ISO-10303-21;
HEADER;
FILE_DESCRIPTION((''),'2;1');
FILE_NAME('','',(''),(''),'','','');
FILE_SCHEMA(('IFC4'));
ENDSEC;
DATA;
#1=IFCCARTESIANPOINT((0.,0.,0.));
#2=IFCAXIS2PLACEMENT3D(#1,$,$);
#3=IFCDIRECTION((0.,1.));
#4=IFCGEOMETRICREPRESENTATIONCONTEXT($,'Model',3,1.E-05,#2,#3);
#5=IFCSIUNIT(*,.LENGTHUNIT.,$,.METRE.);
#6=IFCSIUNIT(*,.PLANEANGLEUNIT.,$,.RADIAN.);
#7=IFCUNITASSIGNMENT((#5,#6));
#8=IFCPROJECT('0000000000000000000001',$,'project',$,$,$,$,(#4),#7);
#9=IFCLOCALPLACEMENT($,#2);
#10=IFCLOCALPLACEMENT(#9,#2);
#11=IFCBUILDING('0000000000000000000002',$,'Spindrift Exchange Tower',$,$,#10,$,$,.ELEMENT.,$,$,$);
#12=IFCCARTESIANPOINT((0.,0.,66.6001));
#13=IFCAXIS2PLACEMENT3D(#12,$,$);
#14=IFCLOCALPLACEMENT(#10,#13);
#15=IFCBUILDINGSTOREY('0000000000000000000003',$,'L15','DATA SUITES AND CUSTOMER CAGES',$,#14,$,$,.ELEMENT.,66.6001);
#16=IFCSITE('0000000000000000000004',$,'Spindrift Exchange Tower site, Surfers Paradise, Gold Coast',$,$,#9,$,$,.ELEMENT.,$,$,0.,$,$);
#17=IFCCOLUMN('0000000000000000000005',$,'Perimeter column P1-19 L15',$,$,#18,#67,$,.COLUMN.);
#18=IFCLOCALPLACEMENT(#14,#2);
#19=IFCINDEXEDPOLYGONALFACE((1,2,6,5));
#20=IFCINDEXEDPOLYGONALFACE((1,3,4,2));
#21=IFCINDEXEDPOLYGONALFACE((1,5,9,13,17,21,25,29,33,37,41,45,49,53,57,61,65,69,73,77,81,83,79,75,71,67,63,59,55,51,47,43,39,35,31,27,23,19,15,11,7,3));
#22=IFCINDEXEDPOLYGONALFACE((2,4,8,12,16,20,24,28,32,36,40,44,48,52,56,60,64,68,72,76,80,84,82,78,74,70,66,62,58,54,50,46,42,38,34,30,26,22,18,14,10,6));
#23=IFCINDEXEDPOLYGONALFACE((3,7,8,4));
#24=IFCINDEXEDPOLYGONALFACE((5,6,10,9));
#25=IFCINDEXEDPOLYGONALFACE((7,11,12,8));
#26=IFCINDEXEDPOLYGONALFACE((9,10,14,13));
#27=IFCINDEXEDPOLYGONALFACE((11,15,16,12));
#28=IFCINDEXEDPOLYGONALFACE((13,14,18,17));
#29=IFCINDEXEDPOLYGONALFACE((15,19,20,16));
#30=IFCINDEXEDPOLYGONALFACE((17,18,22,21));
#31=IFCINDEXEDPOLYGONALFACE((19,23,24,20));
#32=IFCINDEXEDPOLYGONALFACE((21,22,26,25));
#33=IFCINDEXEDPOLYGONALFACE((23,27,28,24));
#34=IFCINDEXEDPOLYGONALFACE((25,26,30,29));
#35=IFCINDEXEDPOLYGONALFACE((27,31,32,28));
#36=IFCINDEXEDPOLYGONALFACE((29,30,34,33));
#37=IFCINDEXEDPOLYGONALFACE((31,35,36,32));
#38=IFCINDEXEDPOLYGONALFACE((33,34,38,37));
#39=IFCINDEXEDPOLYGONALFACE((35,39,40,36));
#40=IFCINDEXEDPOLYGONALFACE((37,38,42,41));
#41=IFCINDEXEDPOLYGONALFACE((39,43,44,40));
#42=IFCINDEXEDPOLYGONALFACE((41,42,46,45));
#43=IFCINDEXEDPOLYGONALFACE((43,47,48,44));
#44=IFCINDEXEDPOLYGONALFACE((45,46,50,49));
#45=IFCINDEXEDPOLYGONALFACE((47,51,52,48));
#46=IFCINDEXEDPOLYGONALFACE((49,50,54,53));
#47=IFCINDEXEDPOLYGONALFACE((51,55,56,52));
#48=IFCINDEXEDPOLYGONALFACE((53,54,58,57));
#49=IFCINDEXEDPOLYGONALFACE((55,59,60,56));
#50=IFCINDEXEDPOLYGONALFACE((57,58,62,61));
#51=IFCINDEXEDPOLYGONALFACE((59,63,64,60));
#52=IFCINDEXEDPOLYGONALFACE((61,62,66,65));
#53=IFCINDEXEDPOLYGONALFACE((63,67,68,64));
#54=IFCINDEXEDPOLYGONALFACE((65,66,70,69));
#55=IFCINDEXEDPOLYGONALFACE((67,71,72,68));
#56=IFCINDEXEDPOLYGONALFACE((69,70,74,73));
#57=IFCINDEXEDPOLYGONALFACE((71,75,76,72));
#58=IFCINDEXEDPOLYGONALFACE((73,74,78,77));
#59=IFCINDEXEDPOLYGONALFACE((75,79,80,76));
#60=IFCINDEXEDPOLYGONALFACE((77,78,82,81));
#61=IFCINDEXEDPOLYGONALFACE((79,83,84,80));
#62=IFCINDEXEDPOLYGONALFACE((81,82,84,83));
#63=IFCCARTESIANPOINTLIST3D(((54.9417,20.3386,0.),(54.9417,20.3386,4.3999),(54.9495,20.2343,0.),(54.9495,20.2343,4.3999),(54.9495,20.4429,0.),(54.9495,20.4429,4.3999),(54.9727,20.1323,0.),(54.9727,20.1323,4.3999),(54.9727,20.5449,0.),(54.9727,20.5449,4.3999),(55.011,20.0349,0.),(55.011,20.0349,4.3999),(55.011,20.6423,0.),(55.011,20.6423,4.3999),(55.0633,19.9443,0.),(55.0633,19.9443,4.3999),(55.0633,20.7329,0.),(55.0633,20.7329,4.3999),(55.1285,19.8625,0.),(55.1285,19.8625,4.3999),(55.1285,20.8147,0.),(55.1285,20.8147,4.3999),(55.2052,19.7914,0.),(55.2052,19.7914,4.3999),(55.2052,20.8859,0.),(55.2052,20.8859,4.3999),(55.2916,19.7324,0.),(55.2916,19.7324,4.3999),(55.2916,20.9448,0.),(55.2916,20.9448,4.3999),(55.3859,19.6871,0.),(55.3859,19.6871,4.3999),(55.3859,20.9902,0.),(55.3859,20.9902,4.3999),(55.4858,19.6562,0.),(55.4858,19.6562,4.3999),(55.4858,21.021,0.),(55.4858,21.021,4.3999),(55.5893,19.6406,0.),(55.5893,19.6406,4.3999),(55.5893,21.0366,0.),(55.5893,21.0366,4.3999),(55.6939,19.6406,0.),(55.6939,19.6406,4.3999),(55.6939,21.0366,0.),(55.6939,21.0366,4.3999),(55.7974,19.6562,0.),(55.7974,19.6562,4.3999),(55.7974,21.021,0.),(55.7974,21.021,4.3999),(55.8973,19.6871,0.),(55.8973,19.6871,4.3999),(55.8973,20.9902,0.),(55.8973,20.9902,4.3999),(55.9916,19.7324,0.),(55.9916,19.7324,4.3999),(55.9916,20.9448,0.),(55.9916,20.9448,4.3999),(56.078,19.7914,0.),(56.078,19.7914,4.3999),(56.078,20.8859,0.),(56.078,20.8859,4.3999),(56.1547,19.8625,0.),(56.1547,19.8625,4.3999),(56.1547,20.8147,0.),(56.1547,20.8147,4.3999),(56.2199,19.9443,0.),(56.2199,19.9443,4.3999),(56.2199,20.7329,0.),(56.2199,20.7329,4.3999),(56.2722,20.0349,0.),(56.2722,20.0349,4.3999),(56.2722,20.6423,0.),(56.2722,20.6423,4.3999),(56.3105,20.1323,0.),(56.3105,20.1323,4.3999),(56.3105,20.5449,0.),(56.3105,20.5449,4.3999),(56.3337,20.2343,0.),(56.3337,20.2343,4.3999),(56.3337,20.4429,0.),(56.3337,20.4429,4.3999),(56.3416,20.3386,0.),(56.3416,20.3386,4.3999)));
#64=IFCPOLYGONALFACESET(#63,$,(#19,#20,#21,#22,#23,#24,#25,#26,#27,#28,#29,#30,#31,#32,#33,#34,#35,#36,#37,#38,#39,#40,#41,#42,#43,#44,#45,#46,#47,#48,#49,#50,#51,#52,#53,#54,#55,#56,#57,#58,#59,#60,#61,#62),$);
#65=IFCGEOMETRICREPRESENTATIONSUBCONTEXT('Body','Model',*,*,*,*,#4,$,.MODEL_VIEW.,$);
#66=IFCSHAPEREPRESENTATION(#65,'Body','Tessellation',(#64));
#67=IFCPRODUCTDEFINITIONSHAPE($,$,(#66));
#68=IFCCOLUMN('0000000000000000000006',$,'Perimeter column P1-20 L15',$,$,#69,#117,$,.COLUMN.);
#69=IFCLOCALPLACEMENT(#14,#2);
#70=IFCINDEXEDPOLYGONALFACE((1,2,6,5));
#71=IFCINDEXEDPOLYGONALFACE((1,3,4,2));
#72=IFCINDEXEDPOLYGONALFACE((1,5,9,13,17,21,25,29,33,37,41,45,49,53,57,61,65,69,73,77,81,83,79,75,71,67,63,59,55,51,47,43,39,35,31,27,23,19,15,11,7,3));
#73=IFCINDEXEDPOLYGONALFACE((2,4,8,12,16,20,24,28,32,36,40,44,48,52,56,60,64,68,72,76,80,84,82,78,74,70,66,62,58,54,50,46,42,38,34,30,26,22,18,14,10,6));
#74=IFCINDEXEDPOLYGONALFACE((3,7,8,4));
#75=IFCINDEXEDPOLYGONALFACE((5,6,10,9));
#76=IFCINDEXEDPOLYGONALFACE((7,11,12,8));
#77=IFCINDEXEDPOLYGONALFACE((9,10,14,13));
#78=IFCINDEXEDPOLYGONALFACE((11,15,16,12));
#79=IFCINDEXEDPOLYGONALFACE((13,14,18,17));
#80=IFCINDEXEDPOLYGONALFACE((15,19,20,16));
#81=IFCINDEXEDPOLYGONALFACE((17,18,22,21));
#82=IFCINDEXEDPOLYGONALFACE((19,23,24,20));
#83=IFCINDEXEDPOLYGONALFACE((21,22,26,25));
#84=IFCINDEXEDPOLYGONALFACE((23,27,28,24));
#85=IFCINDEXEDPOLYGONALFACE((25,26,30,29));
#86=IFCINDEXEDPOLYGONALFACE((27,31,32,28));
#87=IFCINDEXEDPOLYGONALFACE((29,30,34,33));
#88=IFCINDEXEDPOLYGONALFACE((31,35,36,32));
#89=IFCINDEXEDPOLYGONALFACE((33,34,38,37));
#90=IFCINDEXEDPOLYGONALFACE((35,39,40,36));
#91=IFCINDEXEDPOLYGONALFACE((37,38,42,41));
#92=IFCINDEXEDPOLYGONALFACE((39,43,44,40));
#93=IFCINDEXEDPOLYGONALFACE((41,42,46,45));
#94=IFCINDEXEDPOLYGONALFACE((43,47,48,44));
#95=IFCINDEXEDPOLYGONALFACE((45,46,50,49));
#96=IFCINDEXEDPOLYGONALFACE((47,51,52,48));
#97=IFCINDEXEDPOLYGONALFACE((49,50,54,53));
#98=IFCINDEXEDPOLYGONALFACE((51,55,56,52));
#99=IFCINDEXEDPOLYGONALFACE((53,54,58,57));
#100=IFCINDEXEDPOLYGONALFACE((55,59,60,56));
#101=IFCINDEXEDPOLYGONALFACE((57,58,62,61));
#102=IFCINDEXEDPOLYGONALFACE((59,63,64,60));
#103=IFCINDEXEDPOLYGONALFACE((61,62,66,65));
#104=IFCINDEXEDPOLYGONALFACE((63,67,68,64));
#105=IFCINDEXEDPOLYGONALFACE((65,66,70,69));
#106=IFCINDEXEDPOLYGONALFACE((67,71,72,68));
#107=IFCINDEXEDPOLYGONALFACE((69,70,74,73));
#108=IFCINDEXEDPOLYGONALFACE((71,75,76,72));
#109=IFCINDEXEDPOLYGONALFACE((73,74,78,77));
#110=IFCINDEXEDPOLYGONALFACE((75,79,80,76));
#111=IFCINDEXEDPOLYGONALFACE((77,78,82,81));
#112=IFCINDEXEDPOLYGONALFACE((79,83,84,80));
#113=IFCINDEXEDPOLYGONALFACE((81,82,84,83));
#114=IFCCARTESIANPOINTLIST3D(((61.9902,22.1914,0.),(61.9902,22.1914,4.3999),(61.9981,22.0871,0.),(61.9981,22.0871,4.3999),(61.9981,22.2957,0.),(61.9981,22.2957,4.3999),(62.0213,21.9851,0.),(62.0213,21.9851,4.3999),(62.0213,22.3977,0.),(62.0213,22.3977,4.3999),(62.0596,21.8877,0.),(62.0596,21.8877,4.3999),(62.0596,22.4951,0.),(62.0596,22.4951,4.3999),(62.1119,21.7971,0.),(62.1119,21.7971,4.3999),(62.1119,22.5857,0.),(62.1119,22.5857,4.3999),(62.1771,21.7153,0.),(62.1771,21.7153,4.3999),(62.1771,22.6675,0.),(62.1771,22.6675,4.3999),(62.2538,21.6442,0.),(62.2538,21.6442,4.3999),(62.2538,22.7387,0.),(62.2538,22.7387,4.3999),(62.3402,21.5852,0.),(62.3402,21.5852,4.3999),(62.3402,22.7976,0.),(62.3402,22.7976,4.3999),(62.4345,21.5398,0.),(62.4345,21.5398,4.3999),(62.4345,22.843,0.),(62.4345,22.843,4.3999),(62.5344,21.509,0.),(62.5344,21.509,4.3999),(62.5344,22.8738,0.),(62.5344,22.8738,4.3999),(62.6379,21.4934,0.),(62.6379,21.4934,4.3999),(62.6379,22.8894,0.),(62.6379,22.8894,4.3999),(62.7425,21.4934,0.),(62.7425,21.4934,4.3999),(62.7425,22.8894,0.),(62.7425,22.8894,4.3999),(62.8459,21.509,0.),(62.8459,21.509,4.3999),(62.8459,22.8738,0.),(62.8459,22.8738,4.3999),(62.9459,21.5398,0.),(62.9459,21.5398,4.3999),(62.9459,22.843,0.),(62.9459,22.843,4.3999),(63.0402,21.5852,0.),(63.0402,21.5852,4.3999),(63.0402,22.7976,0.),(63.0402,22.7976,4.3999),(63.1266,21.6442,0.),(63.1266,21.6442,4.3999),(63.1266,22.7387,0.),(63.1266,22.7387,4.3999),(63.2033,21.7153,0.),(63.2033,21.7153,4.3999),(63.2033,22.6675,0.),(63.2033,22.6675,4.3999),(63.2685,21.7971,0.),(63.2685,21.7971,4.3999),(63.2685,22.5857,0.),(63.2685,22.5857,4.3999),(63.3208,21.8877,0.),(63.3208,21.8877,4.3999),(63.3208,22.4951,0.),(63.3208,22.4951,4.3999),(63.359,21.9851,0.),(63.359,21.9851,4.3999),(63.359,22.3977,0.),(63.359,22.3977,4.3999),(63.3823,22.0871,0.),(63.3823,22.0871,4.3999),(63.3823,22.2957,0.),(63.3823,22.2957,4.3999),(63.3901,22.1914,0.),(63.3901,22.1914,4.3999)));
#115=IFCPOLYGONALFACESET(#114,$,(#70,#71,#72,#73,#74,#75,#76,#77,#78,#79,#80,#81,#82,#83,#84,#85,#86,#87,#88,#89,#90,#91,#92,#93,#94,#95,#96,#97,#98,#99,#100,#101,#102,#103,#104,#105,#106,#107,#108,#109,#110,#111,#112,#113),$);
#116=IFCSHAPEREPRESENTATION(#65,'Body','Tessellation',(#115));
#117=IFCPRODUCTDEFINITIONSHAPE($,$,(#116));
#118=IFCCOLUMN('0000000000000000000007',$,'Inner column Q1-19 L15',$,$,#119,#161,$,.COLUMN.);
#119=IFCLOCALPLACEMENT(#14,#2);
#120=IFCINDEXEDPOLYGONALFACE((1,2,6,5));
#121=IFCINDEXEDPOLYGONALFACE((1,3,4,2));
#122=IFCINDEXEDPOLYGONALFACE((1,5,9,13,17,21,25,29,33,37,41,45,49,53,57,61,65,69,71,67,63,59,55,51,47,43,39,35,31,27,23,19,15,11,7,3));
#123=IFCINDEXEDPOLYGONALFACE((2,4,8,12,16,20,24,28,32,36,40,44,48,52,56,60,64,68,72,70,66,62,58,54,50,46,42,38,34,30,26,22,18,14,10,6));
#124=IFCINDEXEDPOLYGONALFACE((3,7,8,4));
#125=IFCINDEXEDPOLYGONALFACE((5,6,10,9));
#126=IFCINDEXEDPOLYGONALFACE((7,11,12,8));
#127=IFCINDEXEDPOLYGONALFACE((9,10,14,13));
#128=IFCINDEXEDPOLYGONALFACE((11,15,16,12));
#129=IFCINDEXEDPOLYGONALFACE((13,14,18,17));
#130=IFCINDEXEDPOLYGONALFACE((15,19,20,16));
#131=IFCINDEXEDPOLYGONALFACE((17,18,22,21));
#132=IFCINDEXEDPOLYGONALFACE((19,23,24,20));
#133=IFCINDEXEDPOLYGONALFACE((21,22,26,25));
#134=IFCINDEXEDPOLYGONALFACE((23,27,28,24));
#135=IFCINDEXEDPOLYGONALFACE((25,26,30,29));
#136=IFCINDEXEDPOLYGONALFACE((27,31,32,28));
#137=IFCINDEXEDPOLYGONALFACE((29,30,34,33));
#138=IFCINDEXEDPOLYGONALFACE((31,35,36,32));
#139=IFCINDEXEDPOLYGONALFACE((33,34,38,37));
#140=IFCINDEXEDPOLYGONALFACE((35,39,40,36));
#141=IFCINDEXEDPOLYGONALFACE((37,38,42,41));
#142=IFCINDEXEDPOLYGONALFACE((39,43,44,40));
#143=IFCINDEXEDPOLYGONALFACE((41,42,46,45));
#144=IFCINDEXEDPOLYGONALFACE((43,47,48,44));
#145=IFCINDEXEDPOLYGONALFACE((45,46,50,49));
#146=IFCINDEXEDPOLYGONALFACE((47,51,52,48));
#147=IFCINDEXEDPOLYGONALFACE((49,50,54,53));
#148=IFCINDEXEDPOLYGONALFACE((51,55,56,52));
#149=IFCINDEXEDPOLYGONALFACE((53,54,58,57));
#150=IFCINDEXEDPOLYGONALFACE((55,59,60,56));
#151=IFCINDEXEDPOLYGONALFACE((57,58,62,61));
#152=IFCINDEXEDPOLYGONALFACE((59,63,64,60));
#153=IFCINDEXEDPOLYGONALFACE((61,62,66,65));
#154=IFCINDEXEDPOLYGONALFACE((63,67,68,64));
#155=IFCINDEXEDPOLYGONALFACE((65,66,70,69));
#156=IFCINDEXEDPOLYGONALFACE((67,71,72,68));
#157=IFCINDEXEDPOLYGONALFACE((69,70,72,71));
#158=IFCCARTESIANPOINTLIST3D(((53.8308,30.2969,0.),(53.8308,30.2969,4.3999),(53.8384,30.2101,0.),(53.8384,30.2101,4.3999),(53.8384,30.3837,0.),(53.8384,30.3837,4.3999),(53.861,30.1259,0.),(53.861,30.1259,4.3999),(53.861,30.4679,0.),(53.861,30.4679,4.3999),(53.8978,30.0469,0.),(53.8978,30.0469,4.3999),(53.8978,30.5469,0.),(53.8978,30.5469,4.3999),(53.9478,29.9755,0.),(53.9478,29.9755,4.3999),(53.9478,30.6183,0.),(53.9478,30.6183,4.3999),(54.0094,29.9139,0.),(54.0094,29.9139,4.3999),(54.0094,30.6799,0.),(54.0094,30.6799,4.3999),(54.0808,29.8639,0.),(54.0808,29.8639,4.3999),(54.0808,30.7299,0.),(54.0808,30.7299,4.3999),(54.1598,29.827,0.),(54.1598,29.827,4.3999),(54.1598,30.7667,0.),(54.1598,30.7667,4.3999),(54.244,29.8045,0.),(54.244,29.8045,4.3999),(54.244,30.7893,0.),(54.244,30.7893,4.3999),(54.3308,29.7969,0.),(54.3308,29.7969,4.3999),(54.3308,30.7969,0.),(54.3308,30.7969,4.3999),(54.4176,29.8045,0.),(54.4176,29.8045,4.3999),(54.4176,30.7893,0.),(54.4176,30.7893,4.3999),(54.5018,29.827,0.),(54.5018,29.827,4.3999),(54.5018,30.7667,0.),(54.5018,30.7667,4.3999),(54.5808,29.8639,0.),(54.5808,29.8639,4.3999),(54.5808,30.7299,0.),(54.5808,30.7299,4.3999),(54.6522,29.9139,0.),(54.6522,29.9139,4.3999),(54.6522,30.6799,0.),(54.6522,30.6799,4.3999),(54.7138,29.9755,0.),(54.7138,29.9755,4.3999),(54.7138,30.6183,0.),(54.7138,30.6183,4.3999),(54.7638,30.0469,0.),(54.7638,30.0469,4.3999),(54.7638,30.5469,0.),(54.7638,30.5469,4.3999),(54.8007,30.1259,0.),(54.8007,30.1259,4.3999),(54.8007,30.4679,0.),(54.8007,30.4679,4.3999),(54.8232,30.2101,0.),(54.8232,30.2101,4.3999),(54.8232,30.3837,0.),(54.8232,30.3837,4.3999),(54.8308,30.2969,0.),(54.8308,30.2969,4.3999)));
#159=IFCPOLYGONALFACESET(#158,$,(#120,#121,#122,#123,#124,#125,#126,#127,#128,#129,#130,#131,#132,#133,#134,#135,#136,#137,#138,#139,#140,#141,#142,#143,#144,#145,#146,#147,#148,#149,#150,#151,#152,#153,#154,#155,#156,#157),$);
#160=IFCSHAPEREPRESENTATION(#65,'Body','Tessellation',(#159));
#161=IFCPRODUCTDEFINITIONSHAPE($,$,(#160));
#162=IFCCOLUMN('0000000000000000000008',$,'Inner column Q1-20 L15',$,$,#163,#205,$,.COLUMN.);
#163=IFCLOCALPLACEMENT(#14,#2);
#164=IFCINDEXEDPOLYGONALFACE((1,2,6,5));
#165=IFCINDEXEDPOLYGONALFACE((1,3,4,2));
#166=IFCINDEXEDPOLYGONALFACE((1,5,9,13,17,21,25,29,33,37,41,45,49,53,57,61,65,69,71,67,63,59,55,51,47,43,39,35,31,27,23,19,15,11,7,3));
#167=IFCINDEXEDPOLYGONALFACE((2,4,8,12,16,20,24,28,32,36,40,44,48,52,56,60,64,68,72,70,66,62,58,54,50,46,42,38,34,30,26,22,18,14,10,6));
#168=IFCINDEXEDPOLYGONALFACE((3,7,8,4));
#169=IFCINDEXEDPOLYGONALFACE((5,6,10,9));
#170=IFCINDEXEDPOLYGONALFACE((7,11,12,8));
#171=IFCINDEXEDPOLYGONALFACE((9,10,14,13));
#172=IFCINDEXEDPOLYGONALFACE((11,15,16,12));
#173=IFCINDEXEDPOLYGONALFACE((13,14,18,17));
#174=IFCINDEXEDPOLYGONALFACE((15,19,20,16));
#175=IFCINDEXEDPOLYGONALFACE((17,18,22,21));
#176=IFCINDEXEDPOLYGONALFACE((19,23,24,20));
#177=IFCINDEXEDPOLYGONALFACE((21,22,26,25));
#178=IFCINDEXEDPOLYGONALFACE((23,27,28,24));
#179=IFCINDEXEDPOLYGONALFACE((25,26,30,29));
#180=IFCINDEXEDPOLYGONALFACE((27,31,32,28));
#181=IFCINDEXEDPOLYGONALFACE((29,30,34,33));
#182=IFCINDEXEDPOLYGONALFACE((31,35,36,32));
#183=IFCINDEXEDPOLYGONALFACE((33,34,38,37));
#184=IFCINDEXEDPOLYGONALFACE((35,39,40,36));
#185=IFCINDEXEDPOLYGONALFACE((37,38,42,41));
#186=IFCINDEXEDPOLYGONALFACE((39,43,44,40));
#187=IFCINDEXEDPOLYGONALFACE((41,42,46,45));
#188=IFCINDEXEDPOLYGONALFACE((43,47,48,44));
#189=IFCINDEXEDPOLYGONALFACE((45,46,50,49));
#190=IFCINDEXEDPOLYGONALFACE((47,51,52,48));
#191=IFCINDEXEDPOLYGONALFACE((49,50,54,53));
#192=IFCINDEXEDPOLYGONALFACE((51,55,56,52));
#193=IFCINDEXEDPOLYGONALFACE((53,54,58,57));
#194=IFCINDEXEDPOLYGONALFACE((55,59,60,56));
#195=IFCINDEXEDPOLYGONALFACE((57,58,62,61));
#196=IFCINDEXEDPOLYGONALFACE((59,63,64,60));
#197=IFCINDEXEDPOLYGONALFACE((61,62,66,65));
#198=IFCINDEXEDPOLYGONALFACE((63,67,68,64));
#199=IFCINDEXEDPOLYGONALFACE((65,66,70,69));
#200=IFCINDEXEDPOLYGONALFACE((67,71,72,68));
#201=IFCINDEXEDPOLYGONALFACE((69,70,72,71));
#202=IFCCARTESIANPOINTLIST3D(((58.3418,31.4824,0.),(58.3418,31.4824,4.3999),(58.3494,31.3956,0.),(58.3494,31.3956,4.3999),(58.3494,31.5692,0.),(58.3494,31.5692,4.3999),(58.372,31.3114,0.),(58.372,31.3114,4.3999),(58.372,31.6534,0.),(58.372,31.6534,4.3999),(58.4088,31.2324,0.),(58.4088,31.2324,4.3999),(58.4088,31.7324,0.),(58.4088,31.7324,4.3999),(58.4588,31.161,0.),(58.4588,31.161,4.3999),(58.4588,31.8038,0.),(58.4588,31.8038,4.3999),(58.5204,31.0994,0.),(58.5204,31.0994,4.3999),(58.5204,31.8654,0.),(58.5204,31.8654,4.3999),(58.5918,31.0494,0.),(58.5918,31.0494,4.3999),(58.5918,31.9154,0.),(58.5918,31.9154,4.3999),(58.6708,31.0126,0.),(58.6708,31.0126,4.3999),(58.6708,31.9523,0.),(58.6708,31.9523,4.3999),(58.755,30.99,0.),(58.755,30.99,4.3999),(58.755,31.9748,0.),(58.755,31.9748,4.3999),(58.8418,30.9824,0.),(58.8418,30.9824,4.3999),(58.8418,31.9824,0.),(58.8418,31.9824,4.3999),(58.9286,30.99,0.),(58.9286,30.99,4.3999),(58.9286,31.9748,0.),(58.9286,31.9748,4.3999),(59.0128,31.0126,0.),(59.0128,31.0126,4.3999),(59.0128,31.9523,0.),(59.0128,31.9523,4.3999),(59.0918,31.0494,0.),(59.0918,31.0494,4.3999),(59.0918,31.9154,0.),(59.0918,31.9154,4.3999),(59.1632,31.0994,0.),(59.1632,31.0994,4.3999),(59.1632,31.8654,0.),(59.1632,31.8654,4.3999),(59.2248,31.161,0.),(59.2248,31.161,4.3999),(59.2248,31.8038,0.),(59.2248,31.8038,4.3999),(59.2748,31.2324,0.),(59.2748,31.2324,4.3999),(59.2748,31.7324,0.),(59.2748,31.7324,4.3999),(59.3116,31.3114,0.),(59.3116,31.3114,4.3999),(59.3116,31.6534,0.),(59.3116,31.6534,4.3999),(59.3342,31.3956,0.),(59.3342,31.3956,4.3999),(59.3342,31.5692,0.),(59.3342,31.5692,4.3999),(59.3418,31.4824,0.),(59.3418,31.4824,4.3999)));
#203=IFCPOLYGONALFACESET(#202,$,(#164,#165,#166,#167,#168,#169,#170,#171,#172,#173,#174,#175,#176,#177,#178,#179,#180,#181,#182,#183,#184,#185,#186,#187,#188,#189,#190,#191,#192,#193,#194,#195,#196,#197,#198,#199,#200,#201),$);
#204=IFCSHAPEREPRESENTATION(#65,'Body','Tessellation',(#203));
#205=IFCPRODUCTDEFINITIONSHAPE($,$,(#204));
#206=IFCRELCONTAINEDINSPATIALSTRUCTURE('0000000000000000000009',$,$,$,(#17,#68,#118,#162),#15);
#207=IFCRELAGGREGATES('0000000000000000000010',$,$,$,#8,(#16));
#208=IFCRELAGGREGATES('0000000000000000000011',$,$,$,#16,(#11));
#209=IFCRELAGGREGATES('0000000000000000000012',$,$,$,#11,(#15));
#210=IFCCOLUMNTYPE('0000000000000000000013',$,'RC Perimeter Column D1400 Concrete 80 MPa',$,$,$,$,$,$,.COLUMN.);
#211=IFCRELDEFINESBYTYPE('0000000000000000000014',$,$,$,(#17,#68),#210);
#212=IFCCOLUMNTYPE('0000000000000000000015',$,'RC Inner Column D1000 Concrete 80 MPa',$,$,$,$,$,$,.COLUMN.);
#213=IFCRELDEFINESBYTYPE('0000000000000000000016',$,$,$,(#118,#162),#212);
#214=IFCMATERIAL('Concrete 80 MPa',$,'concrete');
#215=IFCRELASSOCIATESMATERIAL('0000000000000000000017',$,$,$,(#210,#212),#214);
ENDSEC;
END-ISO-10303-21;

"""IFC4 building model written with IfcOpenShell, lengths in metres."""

from ifc_helpers import new_model, si_unit, direction, frame, origin, origin_2d, place, context, subcontext, project, spatial, circle, extrude, source, transform, mapped, material, material_profile, profile_set, type_object, element, save


model = new_model("IFC4")

# Units and contexts
model_context = context("Model", 3, precision=1e-05, world=origin(), true_north=direction((0.0, 1.0)))
body_context = subcontext(model_context, "Body", "Model", "MODEL_VIEW")
ifc_project = project(units=[si_unit("LENGTHUNIT", "METRE"), si_unit("PLANEANGLEUNIT", "RADIAN")], contexts=[model_context])

# Site, building, storey
site_placement = place(None, origin())
site = spatial("IfcSite", under=ifc_project, at=site_placement, Name="Spindrift Exchange Tower site, Surfers Paradise, Gold Coast", CompositionType="ELEMENT", RefElevation=0.0)
building_placement = place(site_placement, origin())
building = spatial("IfcBuilding", under=site, at=building_placement, Name="Spindrift Exchange Tower", CompositionType="ELEMENT")
storey_placement = place(building_placement, frame((0.0, 0.0, 66.6001)))
storey = spatial("IfcBuildingStorey", under=building, at=storey_placement, Name="L15", Description="DATA SUITES AND CUSTOMER CAGES", CompositionType="ELEMENT", Elevation=66.6001)

# Columns
ifc_material_1 = material(Name="Concrete 80 MPa", Category="concrete")
ifc_material_profile_1 = material_profile(ifc_material_1, circle(Radius=0.7, at=origin_2d()), Name="RC D1400")
ifc_profile_set_1 = profile_set([ifc_material_profile_1], Name="Concrete 80 MPa")
column_type_1 = type_object("IfcColumnType", Name="RC Perimeter Column D1400 Concrete 80 MPa", PredefinedType="COLUMN", material=ifc_profile_set_1)
shared_shape_1 = source(origin(), body_context, "Body", "SweptSolid", [
    extrude(circle(Radius=0.7, at=origin_2d()), origin(), (0.0, 0.0, 1.0), 4.3999),
])
for number, where, z_axis, x_axis, name in (
    (1, (55.6416, 20.3386, 0.0), (0.0, 0.0, 1.0), (1.0, 0.0, 0.0), "Perimeter column P1-19 L15"),
    (2, (62.6902, 22.1914, 0.0), (0.0, 0.0, 1.0), (1.0, 0.0, 0.0), "Perimeter column P1-20 L15"),
):
    element("IfcColumn", number, at=place(storey_placement, frame(where, z_axis=z_axis, x_axis=x_axis)), inside=storey, type_object=column_type_1, Name=name, PredefinedType="COLUMN", context=body_context, shape_type="MappedRepresentation", body=[
        mapped(shared_shape_1, transform((0.0, 0.0, 0.0), scale=1.0)),
    ])
ifc_material_profile_2 = material_profile(ifc_material_1, circle(Radius=0.5, at=origin_2d()), Name="RC D1000")
ifc_profile_set_2 = profile_set([ifc_material_profile_2], Name="Concrete 80 MPa")
column_type_2 = type_object("IfcColumnType", Name="RC Inner Column D1000 Concrete 80 MPa", PredefinedType="COLUMN", material=ifc_profile_set_2)
shared_shape_2 = source(origin(), body_context, "Body", "SweptSolid", [
    extrude(circle(Radius=0.5, at=origin_2d()), origin(), (0.0, 0.0, 1.0), 4.3999),
])
for number, where, z_axis, x_axis, name in (
    (3, (54.3308, 30.2969, 0.0), (0.0, 0.0, 1.0), (1.0, 0.0, 0.0), "Inner column Q1-19 L15"),
    (4, (58.8418, 31.4824, 0.0), (0.0, 0.0, 1.0), (1.0, 0.0, 0.0), "Inner column Q1-20 L15"),
):
    element("IfcColumn", number, at=place(storey_placement, frame(where, z_axis=z_axis, x_axis=x_axis)), inside=storey, type_object=column_type_2, Name=name, PredefinedType="COLUMN", context=body_context, shape_type="MappedRepresentation", body=[
        mapped(shared_shape_2, transform((0.0, 0.0, 0.0), scale=1.0)),
    ])

save(model, "model.ifc")
